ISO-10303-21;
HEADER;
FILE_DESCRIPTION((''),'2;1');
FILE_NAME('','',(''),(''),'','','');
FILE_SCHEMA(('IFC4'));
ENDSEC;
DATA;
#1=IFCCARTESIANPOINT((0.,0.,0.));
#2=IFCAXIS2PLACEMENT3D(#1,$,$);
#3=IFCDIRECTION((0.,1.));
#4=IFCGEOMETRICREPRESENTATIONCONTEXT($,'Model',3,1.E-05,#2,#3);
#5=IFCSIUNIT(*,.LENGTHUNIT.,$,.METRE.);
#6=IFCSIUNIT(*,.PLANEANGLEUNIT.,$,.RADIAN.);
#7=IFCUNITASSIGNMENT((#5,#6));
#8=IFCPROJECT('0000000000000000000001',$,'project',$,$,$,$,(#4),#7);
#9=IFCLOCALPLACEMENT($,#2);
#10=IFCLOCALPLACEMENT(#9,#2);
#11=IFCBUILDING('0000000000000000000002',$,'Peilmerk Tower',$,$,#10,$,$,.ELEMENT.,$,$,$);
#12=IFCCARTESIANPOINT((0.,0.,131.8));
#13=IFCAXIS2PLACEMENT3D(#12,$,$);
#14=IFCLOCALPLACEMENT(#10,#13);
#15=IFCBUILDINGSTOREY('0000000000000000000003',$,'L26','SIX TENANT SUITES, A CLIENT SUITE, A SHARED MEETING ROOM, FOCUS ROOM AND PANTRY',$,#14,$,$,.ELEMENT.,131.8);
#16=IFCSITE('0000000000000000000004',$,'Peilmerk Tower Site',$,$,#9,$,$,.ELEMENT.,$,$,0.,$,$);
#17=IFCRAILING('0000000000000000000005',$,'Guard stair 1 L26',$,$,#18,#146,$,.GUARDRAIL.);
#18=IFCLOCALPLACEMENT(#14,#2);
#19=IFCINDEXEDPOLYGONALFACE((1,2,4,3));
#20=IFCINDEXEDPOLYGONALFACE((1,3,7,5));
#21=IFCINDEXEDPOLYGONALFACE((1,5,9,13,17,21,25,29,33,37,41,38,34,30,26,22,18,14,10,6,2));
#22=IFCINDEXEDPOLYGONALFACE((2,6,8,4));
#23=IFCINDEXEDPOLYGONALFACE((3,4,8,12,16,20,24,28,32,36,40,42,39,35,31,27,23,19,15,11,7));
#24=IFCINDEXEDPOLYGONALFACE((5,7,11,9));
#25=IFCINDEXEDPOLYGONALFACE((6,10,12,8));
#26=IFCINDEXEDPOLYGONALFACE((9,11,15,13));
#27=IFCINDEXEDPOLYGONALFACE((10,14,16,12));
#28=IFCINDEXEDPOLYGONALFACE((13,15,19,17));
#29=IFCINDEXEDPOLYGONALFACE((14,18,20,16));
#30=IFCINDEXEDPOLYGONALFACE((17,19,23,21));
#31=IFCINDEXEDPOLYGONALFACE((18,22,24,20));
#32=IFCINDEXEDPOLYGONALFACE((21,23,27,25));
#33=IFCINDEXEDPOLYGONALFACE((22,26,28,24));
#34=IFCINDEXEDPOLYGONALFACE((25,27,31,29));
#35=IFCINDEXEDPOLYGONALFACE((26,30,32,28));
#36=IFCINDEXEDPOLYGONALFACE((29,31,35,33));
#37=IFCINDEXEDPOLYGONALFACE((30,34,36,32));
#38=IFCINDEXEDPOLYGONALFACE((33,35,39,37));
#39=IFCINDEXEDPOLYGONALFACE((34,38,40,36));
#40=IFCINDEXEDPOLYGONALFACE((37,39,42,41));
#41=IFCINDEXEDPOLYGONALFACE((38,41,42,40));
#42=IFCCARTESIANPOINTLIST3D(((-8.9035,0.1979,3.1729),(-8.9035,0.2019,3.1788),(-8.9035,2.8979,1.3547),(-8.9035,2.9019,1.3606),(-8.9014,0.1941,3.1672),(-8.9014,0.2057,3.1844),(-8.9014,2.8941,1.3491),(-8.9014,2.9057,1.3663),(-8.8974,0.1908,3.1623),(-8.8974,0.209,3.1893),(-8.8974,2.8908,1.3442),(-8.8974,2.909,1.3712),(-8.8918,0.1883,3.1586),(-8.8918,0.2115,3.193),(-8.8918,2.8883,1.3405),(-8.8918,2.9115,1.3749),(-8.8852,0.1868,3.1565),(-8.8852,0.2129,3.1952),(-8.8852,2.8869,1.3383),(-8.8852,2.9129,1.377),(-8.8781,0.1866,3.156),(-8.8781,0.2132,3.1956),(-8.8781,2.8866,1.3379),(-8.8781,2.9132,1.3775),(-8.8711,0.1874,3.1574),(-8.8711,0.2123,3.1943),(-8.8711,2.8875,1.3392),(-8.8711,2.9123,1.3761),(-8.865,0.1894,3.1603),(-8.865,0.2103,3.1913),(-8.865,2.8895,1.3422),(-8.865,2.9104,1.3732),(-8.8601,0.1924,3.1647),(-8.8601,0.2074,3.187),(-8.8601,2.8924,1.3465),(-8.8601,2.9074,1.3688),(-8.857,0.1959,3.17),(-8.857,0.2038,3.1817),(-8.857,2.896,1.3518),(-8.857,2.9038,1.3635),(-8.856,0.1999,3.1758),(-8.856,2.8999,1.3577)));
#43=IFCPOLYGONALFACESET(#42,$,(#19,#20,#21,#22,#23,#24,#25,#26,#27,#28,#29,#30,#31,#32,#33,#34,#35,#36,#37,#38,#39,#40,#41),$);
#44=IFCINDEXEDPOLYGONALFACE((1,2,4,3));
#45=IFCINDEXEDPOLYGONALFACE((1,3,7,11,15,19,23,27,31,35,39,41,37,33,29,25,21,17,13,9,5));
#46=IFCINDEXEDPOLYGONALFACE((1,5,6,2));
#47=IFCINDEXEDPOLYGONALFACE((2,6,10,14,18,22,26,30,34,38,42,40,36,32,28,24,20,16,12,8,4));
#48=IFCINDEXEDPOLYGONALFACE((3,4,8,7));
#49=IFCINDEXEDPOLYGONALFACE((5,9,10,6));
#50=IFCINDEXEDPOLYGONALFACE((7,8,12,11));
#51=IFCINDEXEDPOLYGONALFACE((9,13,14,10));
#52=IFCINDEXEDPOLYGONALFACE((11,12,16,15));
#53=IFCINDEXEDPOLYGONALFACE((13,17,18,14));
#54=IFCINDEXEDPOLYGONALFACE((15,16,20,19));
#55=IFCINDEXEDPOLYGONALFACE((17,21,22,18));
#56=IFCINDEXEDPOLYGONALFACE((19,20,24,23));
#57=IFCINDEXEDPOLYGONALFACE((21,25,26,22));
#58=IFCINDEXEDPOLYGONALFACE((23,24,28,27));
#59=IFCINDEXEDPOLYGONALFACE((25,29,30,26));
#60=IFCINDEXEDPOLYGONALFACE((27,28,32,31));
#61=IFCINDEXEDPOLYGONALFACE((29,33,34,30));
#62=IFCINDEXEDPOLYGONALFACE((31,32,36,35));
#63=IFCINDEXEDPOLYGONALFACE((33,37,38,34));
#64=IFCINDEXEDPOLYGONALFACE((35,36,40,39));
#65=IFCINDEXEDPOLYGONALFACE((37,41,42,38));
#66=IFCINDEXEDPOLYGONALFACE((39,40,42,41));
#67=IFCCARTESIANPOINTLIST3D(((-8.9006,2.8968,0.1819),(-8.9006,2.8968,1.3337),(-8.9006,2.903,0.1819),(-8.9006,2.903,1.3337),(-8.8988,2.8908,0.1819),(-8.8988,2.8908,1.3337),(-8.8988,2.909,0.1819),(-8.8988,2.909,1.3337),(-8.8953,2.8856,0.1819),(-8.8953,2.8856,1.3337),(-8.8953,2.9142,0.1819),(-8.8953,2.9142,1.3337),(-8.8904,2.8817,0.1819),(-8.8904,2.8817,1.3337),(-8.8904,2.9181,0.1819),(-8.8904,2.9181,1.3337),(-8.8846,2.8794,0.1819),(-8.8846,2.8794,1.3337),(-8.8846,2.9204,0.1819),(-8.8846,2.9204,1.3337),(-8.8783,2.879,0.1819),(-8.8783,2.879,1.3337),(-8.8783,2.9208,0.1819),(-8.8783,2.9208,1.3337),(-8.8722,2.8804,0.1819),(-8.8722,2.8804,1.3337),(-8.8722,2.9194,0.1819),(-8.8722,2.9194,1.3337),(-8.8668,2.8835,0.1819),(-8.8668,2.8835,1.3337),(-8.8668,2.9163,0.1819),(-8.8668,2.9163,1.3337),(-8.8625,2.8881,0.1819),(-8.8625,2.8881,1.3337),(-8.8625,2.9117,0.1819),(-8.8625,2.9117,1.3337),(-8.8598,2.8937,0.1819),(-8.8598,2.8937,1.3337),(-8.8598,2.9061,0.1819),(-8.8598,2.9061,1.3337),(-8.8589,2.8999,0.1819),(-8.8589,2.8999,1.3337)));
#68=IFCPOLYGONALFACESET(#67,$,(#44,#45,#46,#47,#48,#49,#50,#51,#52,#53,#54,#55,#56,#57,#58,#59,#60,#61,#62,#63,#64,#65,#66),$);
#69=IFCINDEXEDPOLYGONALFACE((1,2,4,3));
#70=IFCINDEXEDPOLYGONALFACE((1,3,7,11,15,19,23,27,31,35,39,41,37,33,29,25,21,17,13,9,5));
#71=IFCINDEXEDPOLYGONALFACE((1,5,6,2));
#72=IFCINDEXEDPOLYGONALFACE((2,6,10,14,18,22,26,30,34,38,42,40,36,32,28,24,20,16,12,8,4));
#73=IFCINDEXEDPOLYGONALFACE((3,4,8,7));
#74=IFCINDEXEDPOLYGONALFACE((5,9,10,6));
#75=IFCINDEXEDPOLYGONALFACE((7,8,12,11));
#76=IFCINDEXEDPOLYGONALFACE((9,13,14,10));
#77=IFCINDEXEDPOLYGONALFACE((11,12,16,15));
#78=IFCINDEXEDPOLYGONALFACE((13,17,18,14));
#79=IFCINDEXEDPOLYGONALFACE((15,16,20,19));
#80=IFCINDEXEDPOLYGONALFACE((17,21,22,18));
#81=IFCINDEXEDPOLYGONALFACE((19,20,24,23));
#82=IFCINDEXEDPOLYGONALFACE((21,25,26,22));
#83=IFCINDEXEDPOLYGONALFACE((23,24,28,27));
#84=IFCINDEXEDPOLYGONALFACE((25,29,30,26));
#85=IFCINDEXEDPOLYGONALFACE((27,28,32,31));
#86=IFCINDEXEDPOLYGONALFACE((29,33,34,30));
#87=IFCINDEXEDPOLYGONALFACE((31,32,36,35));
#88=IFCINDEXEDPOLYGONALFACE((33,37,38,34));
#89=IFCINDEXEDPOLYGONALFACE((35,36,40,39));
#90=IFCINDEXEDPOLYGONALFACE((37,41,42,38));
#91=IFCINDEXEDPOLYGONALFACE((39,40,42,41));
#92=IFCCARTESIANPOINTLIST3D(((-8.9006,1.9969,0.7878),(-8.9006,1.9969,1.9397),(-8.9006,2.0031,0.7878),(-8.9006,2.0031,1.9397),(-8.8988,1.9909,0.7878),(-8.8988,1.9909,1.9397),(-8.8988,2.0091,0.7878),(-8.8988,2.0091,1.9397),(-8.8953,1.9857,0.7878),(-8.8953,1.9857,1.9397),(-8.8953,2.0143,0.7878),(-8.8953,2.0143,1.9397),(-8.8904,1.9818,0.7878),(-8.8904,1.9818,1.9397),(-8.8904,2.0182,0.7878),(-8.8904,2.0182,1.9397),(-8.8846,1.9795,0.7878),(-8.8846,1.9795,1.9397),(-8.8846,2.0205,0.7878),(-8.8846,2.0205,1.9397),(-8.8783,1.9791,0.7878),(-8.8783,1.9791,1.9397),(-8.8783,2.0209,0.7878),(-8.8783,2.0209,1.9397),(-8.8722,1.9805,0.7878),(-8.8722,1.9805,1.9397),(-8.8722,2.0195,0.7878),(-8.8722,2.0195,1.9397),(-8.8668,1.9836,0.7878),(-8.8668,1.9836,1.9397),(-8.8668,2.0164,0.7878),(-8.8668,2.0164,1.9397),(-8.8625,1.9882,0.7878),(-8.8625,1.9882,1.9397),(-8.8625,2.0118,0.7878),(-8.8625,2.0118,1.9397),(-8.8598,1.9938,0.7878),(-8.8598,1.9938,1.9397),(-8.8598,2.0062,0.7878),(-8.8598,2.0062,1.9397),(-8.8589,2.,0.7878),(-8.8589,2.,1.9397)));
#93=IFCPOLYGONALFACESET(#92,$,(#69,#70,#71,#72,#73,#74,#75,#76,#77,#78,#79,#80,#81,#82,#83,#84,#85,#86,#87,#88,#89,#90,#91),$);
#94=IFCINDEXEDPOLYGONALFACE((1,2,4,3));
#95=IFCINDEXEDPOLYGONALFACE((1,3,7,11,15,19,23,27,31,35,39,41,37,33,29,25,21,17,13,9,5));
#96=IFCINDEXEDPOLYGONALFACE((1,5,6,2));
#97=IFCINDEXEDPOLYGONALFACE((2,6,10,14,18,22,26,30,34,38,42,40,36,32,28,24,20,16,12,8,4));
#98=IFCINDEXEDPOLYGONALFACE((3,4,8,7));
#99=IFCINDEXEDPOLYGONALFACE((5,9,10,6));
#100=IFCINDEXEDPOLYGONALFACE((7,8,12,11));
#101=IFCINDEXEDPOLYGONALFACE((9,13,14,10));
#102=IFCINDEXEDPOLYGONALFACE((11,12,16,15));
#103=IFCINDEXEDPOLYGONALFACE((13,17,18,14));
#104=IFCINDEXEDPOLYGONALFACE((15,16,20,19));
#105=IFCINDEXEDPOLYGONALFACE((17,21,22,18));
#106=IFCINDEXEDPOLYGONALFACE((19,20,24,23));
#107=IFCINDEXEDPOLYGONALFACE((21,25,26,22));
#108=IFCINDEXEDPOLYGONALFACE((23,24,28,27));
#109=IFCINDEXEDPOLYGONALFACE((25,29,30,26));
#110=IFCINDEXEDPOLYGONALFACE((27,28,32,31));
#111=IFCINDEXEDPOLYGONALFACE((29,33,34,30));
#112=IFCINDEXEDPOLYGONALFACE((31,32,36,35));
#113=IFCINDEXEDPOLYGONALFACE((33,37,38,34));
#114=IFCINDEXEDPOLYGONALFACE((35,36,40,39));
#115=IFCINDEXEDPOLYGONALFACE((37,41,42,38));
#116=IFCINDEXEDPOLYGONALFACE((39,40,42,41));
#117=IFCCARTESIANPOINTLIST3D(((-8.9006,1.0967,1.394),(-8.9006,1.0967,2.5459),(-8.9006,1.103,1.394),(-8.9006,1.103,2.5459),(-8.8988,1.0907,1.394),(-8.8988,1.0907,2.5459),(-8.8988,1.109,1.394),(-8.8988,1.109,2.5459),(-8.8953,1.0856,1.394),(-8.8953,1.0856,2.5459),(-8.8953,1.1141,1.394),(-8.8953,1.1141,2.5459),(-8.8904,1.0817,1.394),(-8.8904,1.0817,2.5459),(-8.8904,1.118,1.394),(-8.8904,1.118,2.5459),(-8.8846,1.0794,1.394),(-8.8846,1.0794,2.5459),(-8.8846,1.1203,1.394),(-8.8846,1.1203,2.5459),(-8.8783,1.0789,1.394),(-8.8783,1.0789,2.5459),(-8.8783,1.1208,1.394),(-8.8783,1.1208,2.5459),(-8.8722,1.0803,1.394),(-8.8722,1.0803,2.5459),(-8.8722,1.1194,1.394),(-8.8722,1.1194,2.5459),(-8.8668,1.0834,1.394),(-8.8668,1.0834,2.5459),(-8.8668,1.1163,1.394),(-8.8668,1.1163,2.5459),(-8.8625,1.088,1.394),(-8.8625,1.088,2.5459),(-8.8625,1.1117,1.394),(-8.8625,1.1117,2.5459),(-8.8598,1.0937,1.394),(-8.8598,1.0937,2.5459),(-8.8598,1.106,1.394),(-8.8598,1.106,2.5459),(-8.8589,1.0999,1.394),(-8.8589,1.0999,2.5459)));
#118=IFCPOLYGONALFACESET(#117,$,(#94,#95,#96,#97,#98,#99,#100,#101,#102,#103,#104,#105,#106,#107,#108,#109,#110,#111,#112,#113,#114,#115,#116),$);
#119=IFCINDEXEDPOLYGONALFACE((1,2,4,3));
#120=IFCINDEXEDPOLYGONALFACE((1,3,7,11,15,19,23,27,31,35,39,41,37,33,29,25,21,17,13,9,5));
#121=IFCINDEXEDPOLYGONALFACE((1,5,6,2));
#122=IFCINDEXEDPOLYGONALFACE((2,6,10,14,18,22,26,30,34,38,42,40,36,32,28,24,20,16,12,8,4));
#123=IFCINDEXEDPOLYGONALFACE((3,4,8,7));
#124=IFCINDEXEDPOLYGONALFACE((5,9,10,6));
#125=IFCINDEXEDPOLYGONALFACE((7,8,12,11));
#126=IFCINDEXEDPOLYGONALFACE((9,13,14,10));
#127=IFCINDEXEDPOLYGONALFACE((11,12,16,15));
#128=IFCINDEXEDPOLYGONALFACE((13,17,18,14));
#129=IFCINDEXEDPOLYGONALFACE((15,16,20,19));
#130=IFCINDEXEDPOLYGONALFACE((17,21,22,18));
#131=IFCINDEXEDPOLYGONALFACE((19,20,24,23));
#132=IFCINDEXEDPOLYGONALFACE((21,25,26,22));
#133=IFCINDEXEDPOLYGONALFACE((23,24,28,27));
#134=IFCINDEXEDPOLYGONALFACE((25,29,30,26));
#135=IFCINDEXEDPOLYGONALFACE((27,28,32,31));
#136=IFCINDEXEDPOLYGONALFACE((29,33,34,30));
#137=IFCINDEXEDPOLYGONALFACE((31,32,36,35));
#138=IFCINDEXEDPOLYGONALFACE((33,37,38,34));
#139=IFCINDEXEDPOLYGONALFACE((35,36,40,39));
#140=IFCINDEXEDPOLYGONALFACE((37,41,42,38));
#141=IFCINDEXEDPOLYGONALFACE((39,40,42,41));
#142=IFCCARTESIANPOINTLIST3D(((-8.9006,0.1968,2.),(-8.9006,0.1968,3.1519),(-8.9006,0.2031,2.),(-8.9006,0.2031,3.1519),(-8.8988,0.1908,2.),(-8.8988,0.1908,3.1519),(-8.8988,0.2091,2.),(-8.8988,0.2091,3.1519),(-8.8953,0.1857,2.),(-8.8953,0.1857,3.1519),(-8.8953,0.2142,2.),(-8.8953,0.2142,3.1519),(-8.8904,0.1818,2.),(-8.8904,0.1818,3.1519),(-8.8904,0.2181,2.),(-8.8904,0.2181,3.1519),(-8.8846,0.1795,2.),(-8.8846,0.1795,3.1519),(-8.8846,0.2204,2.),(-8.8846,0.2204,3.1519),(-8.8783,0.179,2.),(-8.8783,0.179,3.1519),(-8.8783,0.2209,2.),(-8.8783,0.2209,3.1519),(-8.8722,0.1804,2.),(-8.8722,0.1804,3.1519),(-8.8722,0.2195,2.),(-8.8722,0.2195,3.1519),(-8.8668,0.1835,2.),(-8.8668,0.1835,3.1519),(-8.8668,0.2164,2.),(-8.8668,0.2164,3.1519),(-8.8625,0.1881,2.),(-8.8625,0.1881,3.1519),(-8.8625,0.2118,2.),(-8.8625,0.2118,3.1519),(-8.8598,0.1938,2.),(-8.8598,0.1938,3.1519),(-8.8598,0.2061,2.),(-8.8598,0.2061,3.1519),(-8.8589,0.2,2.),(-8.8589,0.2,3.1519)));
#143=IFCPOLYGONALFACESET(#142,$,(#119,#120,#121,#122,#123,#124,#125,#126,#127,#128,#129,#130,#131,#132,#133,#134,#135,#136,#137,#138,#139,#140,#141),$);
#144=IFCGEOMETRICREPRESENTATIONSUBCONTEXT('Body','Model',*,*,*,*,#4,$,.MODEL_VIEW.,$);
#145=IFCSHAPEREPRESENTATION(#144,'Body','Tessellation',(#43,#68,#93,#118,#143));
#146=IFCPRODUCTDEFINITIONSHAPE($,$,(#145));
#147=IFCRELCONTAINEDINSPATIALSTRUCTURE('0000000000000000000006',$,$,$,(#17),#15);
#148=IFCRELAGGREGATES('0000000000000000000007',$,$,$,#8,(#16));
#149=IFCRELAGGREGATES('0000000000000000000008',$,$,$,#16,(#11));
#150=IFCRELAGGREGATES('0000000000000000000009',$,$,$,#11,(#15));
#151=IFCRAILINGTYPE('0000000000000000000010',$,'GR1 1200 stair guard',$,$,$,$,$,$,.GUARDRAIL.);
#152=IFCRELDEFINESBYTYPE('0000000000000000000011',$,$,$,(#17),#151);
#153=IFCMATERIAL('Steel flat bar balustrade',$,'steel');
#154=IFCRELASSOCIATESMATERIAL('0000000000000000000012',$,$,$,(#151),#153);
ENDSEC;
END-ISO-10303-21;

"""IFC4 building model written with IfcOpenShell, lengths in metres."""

from ifc_helpers import new_model, si_unit, direction, frame, origin, origin_2d, place, context, subcontext, project, spatial, circle, extrude, material, type_object, element, save


model = new_model("IFC4")

# Units and contexts
model_context = context("Model", 3, precision=1e-05, world=origin(), true_north=direction((0.0, 1.0)))
body_context = subcontext(model_context, "Body", "Model", "MODEL_VIEW")
ifc_project = project(units=[si_unit("LENGTHUNIT", "METRE"), si_unit("PLANEANGLEUNIT", "RADIAN")], contexts=[model_context])

# Site, building, storey
site_placement = place(None, origin())
site = spatial("IfcSite", under=ifc_project, at=site_placement, Name="Peilmerk Tower Site", CompositionType="ELEMENT", RefElevation=0.0)
building_placement = place(site_placement, origin())
building = spatial("IfcBuilding", under=site, at=building_placement, Name="Peilmerk Tower", CompositionType="ELEMENT")
storey_placement = place(building_placement, frame((0.0, 0.0, 131.8)))
storey = spatial("IfcBuildingStorey", under=building, at=storey_placement, Name="L26", Description="SIX TENANT SUITES, A CLIENT SUITE, A SHARED MEETING ROOM, FOCUS ROOM AND PANTRY", CompositionType="ELEMENT", Elevation=131.8)

# Railing
ifc_material_1 = material(Name="Steel flat bar balustrade", Category="steel")
railing_type_1 = type_object("IfcRailingType", Name="GR1 1200 stair guard", PredefinedType="GUARDRAIL", material=ifc_material_1)
railing_1_placement = place(storey_placement, frame((-8.8799, 2.8999, 0.1819)))
element("IfcRailing", 1, at=railing_1_placement, inside=storey, type_object=railing_type_1, Name="Guard stair 1 L26", PredefinedType="GUARDRAIL", context=body_context, shape_type="SweptSolid", body=[
    extrude(circle(Radius=0.0239, at=origin_2d()), frame((0.0, 0.0, 1.1758), z_axis=(0.0, -0.829468, 0.558554), x_axis=(1.0, 0.0, 0.0)), (0.0, 0.0, 1.0), 3.2551),
    extrude(circle(Radius=0.021, at=origin_2d()), origin(), (0.0, 0.0, 1.0), 1.1519),
    extrude(circle(Radius=0.021, at=origin_2d()), frame((0.0, -0.8999, 0.606)), (0.0, 0.0, 1.0), 1.1519),
    extrude(circle(Radius=0.021, at=origin_2d()), frame((0.0, -1.8, 1.2122)), (0.0, 0.0, 1.0), 1.1519),
    extrude(circle(Radius=0.021, at=origin_2d()), frame((0.0, -2.7, 1.8181)), (0.0, 0.0, 1.0), 1.1519),
])

save(model, "model.ifc")
